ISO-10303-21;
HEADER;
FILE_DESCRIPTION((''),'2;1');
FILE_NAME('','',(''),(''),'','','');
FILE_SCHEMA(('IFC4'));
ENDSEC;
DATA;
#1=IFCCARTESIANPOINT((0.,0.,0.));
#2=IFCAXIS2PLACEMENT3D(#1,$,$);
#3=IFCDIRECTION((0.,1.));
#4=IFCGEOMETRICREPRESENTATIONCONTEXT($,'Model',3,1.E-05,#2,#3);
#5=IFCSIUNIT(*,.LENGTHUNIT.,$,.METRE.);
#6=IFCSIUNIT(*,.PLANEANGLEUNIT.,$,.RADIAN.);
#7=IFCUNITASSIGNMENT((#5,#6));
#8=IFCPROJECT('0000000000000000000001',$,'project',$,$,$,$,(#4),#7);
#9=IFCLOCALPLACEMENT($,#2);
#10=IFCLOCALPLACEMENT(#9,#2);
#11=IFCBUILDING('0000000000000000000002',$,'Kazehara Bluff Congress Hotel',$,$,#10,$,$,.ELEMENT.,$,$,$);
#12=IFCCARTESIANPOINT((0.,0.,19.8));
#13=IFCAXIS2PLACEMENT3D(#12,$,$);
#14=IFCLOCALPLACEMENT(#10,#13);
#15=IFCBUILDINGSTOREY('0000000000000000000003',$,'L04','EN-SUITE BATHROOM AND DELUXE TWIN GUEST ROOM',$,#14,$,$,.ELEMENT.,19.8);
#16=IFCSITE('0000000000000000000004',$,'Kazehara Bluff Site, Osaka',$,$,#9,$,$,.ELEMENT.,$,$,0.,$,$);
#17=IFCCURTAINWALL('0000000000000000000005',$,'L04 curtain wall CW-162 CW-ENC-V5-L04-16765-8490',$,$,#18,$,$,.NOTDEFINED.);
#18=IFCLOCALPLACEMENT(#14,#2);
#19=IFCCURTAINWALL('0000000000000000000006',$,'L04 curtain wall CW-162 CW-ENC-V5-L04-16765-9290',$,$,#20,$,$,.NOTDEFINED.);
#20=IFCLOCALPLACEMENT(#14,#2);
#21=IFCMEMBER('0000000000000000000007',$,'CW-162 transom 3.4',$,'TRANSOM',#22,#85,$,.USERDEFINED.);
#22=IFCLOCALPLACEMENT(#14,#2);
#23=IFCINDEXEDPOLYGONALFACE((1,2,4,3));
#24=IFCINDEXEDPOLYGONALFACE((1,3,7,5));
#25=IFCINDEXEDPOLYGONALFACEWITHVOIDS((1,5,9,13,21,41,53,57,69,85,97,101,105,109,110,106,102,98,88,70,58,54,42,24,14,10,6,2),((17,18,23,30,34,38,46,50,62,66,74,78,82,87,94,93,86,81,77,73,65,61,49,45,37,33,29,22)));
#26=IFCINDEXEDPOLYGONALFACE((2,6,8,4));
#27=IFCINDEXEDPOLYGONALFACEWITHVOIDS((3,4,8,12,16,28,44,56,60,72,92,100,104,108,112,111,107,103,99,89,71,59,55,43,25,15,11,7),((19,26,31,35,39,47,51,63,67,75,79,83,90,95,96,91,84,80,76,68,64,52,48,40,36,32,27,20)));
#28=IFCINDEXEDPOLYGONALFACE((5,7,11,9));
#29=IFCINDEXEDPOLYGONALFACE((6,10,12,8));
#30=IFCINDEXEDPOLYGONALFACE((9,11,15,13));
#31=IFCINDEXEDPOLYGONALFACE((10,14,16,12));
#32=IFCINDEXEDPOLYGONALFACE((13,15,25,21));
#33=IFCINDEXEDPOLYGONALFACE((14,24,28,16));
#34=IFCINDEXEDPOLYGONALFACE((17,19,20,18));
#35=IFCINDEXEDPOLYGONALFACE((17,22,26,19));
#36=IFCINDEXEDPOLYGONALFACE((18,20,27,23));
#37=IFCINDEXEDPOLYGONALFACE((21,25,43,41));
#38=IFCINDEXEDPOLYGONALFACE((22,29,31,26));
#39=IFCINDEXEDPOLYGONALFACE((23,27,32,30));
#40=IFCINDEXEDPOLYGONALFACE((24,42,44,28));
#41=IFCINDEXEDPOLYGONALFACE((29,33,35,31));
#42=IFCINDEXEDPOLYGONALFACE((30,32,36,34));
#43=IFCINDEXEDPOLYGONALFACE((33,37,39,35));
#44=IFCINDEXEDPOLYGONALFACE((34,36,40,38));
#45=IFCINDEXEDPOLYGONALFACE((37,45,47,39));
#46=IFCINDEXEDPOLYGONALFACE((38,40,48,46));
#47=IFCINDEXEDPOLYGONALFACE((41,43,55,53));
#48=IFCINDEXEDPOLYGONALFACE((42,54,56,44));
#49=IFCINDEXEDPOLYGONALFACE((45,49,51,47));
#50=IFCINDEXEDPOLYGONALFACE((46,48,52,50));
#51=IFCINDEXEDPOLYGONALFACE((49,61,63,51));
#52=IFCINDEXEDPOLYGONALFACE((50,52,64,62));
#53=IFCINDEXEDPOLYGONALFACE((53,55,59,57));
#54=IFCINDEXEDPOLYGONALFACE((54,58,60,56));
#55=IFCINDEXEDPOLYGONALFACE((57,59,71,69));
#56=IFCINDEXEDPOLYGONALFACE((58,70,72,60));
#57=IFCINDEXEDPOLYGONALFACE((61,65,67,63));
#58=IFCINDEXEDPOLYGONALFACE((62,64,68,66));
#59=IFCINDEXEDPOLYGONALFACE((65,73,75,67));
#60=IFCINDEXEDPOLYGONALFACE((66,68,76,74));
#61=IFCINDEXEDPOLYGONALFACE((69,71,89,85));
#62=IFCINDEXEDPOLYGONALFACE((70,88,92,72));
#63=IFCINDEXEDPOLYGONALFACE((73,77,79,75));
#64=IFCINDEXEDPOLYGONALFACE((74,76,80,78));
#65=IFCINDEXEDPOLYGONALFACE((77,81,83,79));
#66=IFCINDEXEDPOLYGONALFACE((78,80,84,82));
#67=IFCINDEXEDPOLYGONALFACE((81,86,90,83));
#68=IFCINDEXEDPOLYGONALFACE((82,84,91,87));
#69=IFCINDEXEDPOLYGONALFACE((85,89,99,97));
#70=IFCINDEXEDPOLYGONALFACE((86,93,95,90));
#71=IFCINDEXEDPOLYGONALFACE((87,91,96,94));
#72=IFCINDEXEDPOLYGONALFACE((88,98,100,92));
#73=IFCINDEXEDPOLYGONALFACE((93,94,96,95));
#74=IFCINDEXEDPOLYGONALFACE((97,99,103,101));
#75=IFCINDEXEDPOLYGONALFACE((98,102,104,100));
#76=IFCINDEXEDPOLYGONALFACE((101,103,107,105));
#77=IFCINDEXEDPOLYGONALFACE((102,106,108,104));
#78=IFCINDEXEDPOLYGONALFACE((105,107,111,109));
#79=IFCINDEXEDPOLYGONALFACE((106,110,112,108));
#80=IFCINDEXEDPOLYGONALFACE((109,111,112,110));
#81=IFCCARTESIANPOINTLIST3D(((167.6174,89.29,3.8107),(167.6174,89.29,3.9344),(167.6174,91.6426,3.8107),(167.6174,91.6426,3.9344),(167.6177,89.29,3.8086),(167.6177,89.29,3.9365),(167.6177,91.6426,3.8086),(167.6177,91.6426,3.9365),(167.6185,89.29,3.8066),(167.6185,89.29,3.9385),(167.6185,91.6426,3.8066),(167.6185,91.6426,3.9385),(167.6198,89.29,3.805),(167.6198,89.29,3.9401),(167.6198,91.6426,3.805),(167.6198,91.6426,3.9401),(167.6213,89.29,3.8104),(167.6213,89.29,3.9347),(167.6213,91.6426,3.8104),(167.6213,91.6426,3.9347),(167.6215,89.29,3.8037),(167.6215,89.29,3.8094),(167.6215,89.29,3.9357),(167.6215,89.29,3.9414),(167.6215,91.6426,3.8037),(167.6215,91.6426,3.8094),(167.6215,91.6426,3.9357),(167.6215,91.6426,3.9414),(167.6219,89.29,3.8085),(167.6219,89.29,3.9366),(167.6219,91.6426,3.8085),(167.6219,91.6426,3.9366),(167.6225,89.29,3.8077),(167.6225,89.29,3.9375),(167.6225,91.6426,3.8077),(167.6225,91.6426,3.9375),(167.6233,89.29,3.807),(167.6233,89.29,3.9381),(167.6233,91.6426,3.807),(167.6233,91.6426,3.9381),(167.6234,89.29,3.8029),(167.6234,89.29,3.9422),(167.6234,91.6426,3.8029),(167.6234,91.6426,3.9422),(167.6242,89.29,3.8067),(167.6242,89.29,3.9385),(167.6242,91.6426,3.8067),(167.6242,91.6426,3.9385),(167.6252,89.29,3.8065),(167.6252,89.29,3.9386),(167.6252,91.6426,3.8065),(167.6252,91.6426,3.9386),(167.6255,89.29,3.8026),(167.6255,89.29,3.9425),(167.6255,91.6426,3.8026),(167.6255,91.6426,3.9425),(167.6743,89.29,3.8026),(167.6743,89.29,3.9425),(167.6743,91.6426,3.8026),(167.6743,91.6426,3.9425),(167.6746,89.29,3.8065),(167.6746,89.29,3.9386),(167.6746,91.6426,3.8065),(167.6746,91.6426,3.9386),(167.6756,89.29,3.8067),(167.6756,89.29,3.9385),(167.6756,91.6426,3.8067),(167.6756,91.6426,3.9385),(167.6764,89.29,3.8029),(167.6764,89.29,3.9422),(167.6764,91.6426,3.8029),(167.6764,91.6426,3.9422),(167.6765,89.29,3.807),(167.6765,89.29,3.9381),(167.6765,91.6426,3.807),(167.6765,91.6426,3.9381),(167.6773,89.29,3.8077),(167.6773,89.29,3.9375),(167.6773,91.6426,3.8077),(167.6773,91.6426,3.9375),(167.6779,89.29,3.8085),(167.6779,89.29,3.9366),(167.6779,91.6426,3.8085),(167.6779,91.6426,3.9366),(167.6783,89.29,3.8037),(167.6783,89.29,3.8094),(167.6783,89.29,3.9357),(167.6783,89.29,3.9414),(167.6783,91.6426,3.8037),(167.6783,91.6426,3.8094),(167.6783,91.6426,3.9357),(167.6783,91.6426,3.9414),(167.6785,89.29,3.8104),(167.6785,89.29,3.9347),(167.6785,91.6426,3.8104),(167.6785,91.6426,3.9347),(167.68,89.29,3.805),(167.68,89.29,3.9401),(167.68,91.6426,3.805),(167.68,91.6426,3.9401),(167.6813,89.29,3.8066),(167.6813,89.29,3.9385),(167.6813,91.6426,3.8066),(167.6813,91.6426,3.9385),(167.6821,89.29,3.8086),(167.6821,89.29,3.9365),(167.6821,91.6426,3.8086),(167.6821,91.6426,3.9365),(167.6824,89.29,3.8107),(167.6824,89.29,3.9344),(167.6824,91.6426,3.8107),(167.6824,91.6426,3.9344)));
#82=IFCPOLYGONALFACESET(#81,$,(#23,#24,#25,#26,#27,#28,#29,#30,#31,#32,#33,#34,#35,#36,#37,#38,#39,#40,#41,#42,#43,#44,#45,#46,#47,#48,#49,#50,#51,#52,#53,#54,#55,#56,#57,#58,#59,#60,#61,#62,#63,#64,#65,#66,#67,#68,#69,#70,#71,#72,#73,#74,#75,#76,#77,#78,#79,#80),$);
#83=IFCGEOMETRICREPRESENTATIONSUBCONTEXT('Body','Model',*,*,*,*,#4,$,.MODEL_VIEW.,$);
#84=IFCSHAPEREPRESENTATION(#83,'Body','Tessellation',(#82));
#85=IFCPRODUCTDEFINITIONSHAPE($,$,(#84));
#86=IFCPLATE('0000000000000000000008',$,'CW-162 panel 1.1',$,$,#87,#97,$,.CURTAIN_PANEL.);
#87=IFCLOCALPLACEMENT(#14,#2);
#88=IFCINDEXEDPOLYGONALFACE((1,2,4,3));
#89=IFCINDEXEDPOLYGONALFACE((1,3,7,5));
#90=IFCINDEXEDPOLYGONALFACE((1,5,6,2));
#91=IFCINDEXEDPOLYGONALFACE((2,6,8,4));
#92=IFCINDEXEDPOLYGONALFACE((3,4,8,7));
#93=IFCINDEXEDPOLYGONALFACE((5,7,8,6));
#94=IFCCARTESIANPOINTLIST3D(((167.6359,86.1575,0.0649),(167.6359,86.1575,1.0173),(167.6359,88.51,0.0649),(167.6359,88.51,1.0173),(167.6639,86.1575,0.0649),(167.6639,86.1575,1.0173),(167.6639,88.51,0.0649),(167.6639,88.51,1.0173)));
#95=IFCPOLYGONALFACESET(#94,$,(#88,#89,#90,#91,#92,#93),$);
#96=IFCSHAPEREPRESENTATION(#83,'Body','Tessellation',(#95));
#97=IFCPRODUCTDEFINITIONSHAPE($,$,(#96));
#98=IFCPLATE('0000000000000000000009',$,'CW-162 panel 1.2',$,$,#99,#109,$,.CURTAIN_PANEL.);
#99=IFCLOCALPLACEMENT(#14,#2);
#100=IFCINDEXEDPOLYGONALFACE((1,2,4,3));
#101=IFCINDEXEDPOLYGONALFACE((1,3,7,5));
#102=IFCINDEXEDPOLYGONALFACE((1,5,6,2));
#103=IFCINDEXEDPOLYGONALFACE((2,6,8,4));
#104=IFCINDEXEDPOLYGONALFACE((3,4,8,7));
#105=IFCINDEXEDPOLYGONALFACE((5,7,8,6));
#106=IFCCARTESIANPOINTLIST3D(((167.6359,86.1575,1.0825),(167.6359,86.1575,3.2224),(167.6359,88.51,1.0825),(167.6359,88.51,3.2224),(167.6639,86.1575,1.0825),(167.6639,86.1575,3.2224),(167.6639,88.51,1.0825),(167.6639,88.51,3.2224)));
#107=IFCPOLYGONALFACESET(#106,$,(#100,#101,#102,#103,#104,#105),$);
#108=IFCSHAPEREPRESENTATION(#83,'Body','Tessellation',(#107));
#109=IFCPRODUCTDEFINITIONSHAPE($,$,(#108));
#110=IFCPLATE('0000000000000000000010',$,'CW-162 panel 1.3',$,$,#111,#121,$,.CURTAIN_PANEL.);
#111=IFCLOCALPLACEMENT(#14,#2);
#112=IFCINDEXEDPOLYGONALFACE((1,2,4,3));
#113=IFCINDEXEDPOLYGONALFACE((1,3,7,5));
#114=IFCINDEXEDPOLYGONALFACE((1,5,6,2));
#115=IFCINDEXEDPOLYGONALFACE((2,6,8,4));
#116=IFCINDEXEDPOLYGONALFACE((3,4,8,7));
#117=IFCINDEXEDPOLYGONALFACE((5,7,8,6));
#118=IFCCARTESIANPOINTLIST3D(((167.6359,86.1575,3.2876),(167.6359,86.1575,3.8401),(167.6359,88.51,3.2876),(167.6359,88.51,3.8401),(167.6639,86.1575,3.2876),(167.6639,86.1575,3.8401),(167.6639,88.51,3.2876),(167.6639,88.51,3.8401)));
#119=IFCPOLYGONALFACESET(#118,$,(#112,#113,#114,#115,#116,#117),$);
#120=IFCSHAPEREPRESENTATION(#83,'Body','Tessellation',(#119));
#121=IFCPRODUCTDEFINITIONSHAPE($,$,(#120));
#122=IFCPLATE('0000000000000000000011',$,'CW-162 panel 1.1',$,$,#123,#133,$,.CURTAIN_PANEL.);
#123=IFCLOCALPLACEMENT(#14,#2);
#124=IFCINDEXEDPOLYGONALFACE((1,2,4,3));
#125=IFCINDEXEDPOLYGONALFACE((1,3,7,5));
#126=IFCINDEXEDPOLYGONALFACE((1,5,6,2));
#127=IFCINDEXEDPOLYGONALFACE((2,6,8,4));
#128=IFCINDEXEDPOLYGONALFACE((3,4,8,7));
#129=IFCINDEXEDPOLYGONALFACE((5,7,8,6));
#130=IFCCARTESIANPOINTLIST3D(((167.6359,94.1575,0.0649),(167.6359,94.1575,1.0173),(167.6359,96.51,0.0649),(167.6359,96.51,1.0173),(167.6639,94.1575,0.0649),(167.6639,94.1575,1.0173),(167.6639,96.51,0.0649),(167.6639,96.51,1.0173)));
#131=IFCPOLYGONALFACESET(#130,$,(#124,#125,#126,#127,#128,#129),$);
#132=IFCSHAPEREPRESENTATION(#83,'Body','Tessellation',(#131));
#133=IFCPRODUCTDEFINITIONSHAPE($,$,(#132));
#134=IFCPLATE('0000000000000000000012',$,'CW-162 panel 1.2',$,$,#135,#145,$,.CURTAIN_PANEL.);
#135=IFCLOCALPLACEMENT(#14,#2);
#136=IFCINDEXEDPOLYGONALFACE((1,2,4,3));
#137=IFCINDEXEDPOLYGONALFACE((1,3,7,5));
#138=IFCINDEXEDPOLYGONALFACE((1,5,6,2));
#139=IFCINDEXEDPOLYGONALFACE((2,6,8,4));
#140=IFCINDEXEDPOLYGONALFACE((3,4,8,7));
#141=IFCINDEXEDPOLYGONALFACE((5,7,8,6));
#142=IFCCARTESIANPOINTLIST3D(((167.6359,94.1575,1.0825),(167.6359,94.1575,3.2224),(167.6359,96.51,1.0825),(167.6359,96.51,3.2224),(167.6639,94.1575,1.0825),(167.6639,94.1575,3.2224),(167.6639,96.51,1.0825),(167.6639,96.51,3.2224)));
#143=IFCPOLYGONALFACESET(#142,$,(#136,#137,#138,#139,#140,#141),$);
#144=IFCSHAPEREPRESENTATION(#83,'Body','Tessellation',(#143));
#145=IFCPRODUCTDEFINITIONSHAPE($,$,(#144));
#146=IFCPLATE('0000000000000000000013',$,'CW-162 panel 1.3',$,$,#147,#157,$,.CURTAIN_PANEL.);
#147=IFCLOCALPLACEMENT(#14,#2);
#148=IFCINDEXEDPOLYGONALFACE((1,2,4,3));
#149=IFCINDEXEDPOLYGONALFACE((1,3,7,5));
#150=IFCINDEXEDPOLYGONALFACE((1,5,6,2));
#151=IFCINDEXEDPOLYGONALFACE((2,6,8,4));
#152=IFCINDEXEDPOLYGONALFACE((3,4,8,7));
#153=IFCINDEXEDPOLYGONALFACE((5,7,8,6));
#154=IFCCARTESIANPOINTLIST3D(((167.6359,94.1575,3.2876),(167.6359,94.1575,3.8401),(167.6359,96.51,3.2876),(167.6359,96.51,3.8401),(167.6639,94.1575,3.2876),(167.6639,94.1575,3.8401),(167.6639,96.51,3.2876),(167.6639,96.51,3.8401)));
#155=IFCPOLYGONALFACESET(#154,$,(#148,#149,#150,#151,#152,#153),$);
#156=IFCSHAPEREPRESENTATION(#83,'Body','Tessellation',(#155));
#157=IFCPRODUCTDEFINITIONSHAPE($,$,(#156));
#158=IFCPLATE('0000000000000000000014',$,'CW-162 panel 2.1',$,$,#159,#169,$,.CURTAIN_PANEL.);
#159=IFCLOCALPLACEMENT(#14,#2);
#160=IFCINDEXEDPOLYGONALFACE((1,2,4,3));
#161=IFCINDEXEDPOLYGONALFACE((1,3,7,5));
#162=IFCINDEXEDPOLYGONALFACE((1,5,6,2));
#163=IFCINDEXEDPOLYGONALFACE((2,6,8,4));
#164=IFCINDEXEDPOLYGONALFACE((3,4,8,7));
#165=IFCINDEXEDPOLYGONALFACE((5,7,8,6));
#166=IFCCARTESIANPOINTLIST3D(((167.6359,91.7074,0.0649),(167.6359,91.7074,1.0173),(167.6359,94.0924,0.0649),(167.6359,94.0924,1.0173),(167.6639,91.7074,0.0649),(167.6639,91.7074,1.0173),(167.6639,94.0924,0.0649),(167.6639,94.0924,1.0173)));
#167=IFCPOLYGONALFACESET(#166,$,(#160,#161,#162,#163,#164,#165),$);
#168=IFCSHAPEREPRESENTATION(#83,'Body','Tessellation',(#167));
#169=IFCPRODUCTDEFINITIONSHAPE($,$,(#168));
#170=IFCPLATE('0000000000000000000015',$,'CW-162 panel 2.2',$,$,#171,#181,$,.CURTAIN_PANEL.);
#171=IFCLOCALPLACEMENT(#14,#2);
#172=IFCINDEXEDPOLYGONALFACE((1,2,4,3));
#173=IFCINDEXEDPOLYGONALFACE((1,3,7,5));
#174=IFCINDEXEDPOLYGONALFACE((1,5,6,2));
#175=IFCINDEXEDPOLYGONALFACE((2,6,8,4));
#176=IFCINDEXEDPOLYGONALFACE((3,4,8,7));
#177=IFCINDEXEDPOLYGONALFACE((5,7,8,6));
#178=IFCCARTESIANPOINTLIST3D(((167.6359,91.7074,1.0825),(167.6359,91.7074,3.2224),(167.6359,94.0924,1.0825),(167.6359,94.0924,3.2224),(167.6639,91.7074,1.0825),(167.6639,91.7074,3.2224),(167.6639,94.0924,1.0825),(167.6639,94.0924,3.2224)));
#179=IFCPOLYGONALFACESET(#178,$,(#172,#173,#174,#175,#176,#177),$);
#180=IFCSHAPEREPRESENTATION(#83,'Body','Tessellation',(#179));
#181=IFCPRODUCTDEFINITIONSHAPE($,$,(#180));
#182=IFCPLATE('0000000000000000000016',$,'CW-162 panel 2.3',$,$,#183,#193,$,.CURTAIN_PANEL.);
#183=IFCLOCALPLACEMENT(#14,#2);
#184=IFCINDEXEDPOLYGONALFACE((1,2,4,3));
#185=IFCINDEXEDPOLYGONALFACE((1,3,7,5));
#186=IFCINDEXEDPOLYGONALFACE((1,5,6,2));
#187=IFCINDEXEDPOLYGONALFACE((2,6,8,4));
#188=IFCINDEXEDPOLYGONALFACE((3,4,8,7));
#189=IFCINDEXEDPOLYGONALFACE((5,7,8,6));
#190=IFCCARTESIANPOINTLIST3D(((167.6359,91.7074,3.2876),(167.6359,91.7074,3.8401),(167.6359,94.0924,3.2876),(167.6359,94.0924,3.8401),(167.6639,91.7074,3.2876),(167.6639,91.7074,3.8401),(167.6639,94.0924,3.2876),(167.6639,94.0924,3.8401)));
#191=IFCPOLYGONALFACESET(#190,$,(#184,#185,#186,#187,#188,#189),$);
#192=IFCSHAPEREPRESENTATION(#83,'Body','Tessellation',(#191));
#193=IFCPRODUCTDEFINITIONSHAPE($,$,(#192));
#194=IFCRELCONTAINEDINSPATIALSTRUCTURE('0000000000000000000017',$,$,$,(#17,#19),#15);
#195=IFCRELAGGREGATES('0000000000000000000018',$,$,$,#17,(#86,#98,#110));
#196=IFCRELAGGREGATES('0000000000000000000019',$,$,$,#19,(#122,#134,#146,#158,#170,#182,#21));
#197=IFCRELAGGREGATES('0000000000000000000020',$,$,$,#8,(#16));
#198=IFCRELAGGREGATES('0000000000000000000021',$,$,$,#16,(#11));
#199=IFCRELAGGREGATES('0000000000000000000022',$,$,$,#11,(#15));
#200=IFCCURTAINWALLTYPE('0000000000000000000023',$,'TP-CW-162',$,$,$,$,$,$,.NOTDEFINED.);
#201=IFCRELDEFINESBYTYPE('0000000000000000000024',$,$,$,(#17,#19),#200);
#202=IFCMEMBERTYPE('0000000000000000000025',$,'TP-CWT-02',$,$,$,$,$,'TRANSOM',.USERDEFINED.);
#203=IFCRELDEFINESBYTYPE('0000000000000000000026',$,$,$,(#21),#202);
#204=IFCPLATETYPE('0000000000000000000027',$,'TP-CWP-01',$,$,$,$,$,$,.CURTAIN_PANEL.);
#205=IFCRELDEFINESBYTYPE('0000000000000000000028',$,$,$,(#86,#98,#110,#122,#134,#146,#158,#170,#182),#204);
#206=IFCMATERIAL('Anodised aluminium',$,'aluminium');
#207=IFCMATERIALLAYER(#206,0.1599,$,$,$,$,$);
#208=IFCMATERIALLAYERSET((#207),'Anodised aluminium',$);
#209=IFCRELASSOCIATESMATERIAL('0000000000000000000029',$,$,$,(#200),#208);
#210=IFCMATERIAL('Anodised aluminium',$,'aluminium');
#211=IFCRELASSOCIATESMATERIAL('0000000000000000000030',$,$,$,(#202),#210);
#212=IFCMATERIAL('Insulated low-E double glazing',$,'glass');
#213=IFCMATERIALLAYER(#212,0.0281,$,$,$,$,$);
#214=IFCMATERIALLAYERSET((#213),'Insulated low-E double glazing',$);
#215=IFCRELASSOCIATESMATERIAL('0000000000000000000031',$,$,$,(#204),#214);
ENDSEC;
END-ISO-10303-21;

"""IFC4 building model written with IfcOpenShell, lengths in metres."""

from ifc_helpers import new_model, si_unit, direction, frame, origin, origin_2d, place, context, subcontext, project, spatial, rectangle, hollow_rectangle, extrude, material, layer, layer_set, material_profile, profile_set, type_object, element, aggregate, save


model = new_model("IFC4")

# Units and contexts
model_context = context("Model", 3, precision=1e-05, world=origin(), true_north=direction((0.0, 1.0)))
body_context = subcontext(model_context, "Body", "Model", "MODEL_VIEW")
ifc_project = project(units=[si_unit("LENGTHUNIT", "METRE"), si_unit("PLANEANGLEUNIT", "RADIAN")], contexts=[model_context])

# Site, building, storey
site_placement = place(None, origin())
site = spatial("IfcSite", under=ifc_project, at=site_placement, Name="Kazehara Bluff Site, Osaka", CompositionType="ELEMENT", RefElevation=0.0)
building_placement = place(site_placement, origin())
building = spatial("IfcBuilding", under=site, at=building_placement, Name="Kazehara Bluff Congress Hotel", CompositionType="ELEMENT")
storey_placement = place(building_placement, frame((0.0, 0.0, 19.8)))
storey = spatial("IfcBuildingStorey", under=building, at=storey_placement, Name="L04", Description="EN-SUITE BATHROOM AND DELUXE TWIN GUEST ROOM", CompositionType="ELEMENT", Elevation=19.8)

# Curtain walls
ifc_material_1 = material(Name="Anodised aluminium", Category="aluminium")
ifc_layer_1 = layer(ifc_material_1, 0.1599)
ifc_layer_set_1 = layer_set([ifc_layer_1], Name="Anodised aluminium")
curtain_wall_type_1 = type_object("IfcCurtainWallType", Name="TP-CW-162", PredefinedType="NOTDEFINED", material=ifc_layer_set_1)
curtain_wall_1_placement = place(storey_placement, origin())
curtain_wall_1 = element("IfcCurtainWall", 1, at=curtain_wall_1_placement, inside=storey, type_object=curtain_wall_type_1, Name="L04 curtain wall CW-162 CW-ENC-V5-L04-16765-8490", PredefinedType="NOTDEFINED")
curtain_wall_2_placement = place(storey_placement, origin())
curtain_wall_2 = element("IfcCurtainWall", 2, at=curtain_wall_2_placement, inside=storey, type_object=curtain_wall_type_1, Name="L04 curtain wall CW-162 CW-ENC-V5-L04-16765-9290", PredefinedType="NOTDEFINED")

# Member
ifc_material_2 = material(Name="Anodised aluminium", Category="aluminium")
ifc_material_profile_1 = material_profile(ifc_material_2, hollow_rectangle(XDim=0.0649, YDim=0.1399, WallThickness=0.0039, InnerFilletRadius=0.0039, OuterFilletRadius=0.0081, at=origin_2d()))
ifc_profile_set_1 = profile_set([ifc_material_profile_1], Name="Anodised aluminium")
member_type_1 = type_object("IfcMemberType", Name="TP-CWT-02", ElementType="TRANSOM", PredefinedType="USERDEFINED", material=ifc_profile_set_1)
member_1_placement = place(storey_placement, frame((167.6499, 91.6426, 3.8726), z_axis=(0.0, -1.0, 0.0), x_axis=(1.0, 0.0, 0.0)))
member_1 = element("IfcMember", 3, at=member_1_placement, type_object=member_type_1, Name="CW-162 transom 3.4", ObjectType="TRANSOM", PredefinedType="USERDEFINED", context=body_context, shape_type="SweptSolid", body=[
    extrude(hollow_rectangle(XDim=0.0649, YDim=0.1399, WallThickness=0.0039, InnerFilletRadius=0.0039, OuterFilletRadius=0.0081, at=origin_2d()), origin(), (0.0, 0.0, 1.0), 2.3525),
])

# Plates
ifc_material_3 = material(Name="Insulated low-E double glazing", Category="glass")
ifc_layer_2 = layer(ifc_material_3, 0.0281)
ifc_layer_set_2 = layer_set([ifc_layer_2], Name="Insulated low-E double glazing")
plate_type = type_object("IfcPlateType", Name="TP-CWP-01", PredefinedType="CURTAIN_PANEL", material=ifc_layer_set_2)
plate_1_placement = place(storey_placement, frame((167.6499, 87.3337, 0.0649), z_axis=(0.0, 0.0, 1.0), x_axis=(0.0, -1.0, 0.0)))
plate_1 = element("IfcPlate", 4, at=plate_1_placement, type_object=plate_type, Name="CW-162 panel 1.1", PredefinedType="CURTAIN_PANEL", context=body_context, shape_type="SweptSolid", body=[
    extrude(rectangle(XDim=2.3525, YDim=0.0281, at=origin_2d()), origin(), (0.0, 0.0, 1.0), 0.9524),
])
plate_2_placement = place(storey_placement, frame((167.6499, 87.3337, 1.0825), z_axis=(0.0, 0.0, 1.0), x_axis=(0.0, -1.0, 0.0)))
plate_2 = element("IfcPlate", 5, at=plate_2_placement, type_object=plate_type, Name="CW-162 panel 1.2", PredefinedType="CURTAIN_PANEL", context=body_context, shape_type="SweptSolid", body=[
    extrude(rectangle(XDim=2.3525, YDim=0.0281, at=origin_2d()), origin(), (0.0, 0.0, 1.0), 2.1399),
])
plate_3_placement = place(storey_placement, frame((167.6499, 87.3337, 3.2876), z_axis=(0.0, 0.0, 1.0), x_axis=(0.0, -1.0, 0.0)))
plate_3 = element("IfcPlate", 6, at=plate_3_placement, type_object=plate_type, Name="CW-162 panel 1.3", PredefinedType="CURTAIN_PANEL", context=body_context, shape_type="SweptSolid", body=[
    extrude(rectangle(XDim=2.3525, YDim=0.0281, at=origin_2d()), origin(), (0.0, 0.0, 1.0), 0.5525),
])
aggregate(curtain_wall_1, [plate_1, plate_2, plate_3])
plate_4_placement = place(storey_placement, frame((167.6499, 95.3337, 0.0649), z_axis=(0.0, 0.0, 1.0), x_axis=(0.0, -1.0, 0.0)))
plate_4 = element("IfcPlate", 7, at=plate_4_placement, type_object=plate_type, Name="CW-162 panel 1.1", PredefinedType="CURTAIN_PANEL", context=body_context, shape_type="SweptSolid", body=[
    extrude(rectangle(XDim=2.3525, YDim=0.0281, at=origin_2d()), origin(), (0.0, 0.0, 1.0), 0.9524),
])
plate_5_placement = place(storey_placement, frame((167.6499, 95.3337, 1.0825), z_axis=(0.0, 0.0, 1.0), x_axis=(0.0, -1.0, 0.0)))
plate_5 = element("IfcPlate", 8, at=plate_5_placement, type_object=plate_type, Name="CW-162 panel 1.2", PredefinedType="CURTAIN_PANEL", context=body_context, shape_type="SweptSolid", body=[
    extrude(rectangle(XDim=2.3525, YDim=0.0281, at=origin_2d()), origin(), (0.0, 0.0, 1.0), 2.1399),
])
plate_6_placement = place(storey_placement, frame((167.6499, 95.3337, 3.2876), z_axis=(0.0, 0.0, 1.0), x_axis=(0.0, -1.0, 0.0)))
plate_6 = element("IfcPlate", 9, at=plate_6_placement, type_object=plate_type, Name="CW-162 panel 1.3", PredefinedType="CURTAIN_PANEL", context=body_context, shape_type="SweptSolid", body=[
    extrude(rectangle(XDim=2.3525, YDim=0.0281, at=origin_2d()), origin(), (0.0, 0.0, 1.0), 0.5525),
])
plate_7_placement = place(storey_placement, frame((167.6499, 92.8999, 0.0649), z_axis=(0.0, 0.0, 1.0), x_axis=(0.0, -1.0, 0.0)))
plate_7 = element("IfcPlate", 10, at=plate_7_placement, type_object=plate_type, Name="CW-162 panel 2.1", PredefinedType="CURTAIN_PANEL", context=body_context, shape_type="SweptSolid", body=[
    extrude(rectangle(XDim=2.385, YDim=0.0281, at=origin_2d()), origin(), (0.0, 0.0, 1.0), 0.9524),
])
plate_8_placement = place(storey_placement, frame((167.6499, 92.8999, 1.0825), z_axis=(0.0, 0.0, 1.0), x_axis=(0.0, -1.0, 0.0)))
plate_8 = element("IfcPlate", 11, at=plate_8_placement, type_object=plate_type, Name="CW-162 panel 2.2", PredefinedType="CURTAIN_PANEL", context=body_context, shape_type="SweptSolid", body=[
    extrude(rectangle(XDim=2.385, YDim=0.0281, at=origin_2d()), origin(), (0.0, 0.0, 1.0), 2.1399),
])
plate_9_placement = place(storey_placement, frame((167.6499, 92.8999, 3.2876), z_axis=(0.0, 0.0, 1.0), x_axis=(0.0, -1.0, 0.0)))
plate_9 = element("IfcPlate", 12, at=plate_9_placement, type_object=plate_type, Name="CW-162 panel 2.3", PredefinedType="CURTAIN_PANEL", context=body_context, shape_type="SweptSolid", body=[
    extrude(rectangle(XDim=2.385, YDim=0.0281, at=origin_2d()), origin(), (0.0, 0.0, 1.0), 0.5525),
])
aggregate(curtain_wall_2, [plate_4, plate_5, plate_6, plate_7, plate_8, plate_9, member_1])

save(model, "model.ifc")
